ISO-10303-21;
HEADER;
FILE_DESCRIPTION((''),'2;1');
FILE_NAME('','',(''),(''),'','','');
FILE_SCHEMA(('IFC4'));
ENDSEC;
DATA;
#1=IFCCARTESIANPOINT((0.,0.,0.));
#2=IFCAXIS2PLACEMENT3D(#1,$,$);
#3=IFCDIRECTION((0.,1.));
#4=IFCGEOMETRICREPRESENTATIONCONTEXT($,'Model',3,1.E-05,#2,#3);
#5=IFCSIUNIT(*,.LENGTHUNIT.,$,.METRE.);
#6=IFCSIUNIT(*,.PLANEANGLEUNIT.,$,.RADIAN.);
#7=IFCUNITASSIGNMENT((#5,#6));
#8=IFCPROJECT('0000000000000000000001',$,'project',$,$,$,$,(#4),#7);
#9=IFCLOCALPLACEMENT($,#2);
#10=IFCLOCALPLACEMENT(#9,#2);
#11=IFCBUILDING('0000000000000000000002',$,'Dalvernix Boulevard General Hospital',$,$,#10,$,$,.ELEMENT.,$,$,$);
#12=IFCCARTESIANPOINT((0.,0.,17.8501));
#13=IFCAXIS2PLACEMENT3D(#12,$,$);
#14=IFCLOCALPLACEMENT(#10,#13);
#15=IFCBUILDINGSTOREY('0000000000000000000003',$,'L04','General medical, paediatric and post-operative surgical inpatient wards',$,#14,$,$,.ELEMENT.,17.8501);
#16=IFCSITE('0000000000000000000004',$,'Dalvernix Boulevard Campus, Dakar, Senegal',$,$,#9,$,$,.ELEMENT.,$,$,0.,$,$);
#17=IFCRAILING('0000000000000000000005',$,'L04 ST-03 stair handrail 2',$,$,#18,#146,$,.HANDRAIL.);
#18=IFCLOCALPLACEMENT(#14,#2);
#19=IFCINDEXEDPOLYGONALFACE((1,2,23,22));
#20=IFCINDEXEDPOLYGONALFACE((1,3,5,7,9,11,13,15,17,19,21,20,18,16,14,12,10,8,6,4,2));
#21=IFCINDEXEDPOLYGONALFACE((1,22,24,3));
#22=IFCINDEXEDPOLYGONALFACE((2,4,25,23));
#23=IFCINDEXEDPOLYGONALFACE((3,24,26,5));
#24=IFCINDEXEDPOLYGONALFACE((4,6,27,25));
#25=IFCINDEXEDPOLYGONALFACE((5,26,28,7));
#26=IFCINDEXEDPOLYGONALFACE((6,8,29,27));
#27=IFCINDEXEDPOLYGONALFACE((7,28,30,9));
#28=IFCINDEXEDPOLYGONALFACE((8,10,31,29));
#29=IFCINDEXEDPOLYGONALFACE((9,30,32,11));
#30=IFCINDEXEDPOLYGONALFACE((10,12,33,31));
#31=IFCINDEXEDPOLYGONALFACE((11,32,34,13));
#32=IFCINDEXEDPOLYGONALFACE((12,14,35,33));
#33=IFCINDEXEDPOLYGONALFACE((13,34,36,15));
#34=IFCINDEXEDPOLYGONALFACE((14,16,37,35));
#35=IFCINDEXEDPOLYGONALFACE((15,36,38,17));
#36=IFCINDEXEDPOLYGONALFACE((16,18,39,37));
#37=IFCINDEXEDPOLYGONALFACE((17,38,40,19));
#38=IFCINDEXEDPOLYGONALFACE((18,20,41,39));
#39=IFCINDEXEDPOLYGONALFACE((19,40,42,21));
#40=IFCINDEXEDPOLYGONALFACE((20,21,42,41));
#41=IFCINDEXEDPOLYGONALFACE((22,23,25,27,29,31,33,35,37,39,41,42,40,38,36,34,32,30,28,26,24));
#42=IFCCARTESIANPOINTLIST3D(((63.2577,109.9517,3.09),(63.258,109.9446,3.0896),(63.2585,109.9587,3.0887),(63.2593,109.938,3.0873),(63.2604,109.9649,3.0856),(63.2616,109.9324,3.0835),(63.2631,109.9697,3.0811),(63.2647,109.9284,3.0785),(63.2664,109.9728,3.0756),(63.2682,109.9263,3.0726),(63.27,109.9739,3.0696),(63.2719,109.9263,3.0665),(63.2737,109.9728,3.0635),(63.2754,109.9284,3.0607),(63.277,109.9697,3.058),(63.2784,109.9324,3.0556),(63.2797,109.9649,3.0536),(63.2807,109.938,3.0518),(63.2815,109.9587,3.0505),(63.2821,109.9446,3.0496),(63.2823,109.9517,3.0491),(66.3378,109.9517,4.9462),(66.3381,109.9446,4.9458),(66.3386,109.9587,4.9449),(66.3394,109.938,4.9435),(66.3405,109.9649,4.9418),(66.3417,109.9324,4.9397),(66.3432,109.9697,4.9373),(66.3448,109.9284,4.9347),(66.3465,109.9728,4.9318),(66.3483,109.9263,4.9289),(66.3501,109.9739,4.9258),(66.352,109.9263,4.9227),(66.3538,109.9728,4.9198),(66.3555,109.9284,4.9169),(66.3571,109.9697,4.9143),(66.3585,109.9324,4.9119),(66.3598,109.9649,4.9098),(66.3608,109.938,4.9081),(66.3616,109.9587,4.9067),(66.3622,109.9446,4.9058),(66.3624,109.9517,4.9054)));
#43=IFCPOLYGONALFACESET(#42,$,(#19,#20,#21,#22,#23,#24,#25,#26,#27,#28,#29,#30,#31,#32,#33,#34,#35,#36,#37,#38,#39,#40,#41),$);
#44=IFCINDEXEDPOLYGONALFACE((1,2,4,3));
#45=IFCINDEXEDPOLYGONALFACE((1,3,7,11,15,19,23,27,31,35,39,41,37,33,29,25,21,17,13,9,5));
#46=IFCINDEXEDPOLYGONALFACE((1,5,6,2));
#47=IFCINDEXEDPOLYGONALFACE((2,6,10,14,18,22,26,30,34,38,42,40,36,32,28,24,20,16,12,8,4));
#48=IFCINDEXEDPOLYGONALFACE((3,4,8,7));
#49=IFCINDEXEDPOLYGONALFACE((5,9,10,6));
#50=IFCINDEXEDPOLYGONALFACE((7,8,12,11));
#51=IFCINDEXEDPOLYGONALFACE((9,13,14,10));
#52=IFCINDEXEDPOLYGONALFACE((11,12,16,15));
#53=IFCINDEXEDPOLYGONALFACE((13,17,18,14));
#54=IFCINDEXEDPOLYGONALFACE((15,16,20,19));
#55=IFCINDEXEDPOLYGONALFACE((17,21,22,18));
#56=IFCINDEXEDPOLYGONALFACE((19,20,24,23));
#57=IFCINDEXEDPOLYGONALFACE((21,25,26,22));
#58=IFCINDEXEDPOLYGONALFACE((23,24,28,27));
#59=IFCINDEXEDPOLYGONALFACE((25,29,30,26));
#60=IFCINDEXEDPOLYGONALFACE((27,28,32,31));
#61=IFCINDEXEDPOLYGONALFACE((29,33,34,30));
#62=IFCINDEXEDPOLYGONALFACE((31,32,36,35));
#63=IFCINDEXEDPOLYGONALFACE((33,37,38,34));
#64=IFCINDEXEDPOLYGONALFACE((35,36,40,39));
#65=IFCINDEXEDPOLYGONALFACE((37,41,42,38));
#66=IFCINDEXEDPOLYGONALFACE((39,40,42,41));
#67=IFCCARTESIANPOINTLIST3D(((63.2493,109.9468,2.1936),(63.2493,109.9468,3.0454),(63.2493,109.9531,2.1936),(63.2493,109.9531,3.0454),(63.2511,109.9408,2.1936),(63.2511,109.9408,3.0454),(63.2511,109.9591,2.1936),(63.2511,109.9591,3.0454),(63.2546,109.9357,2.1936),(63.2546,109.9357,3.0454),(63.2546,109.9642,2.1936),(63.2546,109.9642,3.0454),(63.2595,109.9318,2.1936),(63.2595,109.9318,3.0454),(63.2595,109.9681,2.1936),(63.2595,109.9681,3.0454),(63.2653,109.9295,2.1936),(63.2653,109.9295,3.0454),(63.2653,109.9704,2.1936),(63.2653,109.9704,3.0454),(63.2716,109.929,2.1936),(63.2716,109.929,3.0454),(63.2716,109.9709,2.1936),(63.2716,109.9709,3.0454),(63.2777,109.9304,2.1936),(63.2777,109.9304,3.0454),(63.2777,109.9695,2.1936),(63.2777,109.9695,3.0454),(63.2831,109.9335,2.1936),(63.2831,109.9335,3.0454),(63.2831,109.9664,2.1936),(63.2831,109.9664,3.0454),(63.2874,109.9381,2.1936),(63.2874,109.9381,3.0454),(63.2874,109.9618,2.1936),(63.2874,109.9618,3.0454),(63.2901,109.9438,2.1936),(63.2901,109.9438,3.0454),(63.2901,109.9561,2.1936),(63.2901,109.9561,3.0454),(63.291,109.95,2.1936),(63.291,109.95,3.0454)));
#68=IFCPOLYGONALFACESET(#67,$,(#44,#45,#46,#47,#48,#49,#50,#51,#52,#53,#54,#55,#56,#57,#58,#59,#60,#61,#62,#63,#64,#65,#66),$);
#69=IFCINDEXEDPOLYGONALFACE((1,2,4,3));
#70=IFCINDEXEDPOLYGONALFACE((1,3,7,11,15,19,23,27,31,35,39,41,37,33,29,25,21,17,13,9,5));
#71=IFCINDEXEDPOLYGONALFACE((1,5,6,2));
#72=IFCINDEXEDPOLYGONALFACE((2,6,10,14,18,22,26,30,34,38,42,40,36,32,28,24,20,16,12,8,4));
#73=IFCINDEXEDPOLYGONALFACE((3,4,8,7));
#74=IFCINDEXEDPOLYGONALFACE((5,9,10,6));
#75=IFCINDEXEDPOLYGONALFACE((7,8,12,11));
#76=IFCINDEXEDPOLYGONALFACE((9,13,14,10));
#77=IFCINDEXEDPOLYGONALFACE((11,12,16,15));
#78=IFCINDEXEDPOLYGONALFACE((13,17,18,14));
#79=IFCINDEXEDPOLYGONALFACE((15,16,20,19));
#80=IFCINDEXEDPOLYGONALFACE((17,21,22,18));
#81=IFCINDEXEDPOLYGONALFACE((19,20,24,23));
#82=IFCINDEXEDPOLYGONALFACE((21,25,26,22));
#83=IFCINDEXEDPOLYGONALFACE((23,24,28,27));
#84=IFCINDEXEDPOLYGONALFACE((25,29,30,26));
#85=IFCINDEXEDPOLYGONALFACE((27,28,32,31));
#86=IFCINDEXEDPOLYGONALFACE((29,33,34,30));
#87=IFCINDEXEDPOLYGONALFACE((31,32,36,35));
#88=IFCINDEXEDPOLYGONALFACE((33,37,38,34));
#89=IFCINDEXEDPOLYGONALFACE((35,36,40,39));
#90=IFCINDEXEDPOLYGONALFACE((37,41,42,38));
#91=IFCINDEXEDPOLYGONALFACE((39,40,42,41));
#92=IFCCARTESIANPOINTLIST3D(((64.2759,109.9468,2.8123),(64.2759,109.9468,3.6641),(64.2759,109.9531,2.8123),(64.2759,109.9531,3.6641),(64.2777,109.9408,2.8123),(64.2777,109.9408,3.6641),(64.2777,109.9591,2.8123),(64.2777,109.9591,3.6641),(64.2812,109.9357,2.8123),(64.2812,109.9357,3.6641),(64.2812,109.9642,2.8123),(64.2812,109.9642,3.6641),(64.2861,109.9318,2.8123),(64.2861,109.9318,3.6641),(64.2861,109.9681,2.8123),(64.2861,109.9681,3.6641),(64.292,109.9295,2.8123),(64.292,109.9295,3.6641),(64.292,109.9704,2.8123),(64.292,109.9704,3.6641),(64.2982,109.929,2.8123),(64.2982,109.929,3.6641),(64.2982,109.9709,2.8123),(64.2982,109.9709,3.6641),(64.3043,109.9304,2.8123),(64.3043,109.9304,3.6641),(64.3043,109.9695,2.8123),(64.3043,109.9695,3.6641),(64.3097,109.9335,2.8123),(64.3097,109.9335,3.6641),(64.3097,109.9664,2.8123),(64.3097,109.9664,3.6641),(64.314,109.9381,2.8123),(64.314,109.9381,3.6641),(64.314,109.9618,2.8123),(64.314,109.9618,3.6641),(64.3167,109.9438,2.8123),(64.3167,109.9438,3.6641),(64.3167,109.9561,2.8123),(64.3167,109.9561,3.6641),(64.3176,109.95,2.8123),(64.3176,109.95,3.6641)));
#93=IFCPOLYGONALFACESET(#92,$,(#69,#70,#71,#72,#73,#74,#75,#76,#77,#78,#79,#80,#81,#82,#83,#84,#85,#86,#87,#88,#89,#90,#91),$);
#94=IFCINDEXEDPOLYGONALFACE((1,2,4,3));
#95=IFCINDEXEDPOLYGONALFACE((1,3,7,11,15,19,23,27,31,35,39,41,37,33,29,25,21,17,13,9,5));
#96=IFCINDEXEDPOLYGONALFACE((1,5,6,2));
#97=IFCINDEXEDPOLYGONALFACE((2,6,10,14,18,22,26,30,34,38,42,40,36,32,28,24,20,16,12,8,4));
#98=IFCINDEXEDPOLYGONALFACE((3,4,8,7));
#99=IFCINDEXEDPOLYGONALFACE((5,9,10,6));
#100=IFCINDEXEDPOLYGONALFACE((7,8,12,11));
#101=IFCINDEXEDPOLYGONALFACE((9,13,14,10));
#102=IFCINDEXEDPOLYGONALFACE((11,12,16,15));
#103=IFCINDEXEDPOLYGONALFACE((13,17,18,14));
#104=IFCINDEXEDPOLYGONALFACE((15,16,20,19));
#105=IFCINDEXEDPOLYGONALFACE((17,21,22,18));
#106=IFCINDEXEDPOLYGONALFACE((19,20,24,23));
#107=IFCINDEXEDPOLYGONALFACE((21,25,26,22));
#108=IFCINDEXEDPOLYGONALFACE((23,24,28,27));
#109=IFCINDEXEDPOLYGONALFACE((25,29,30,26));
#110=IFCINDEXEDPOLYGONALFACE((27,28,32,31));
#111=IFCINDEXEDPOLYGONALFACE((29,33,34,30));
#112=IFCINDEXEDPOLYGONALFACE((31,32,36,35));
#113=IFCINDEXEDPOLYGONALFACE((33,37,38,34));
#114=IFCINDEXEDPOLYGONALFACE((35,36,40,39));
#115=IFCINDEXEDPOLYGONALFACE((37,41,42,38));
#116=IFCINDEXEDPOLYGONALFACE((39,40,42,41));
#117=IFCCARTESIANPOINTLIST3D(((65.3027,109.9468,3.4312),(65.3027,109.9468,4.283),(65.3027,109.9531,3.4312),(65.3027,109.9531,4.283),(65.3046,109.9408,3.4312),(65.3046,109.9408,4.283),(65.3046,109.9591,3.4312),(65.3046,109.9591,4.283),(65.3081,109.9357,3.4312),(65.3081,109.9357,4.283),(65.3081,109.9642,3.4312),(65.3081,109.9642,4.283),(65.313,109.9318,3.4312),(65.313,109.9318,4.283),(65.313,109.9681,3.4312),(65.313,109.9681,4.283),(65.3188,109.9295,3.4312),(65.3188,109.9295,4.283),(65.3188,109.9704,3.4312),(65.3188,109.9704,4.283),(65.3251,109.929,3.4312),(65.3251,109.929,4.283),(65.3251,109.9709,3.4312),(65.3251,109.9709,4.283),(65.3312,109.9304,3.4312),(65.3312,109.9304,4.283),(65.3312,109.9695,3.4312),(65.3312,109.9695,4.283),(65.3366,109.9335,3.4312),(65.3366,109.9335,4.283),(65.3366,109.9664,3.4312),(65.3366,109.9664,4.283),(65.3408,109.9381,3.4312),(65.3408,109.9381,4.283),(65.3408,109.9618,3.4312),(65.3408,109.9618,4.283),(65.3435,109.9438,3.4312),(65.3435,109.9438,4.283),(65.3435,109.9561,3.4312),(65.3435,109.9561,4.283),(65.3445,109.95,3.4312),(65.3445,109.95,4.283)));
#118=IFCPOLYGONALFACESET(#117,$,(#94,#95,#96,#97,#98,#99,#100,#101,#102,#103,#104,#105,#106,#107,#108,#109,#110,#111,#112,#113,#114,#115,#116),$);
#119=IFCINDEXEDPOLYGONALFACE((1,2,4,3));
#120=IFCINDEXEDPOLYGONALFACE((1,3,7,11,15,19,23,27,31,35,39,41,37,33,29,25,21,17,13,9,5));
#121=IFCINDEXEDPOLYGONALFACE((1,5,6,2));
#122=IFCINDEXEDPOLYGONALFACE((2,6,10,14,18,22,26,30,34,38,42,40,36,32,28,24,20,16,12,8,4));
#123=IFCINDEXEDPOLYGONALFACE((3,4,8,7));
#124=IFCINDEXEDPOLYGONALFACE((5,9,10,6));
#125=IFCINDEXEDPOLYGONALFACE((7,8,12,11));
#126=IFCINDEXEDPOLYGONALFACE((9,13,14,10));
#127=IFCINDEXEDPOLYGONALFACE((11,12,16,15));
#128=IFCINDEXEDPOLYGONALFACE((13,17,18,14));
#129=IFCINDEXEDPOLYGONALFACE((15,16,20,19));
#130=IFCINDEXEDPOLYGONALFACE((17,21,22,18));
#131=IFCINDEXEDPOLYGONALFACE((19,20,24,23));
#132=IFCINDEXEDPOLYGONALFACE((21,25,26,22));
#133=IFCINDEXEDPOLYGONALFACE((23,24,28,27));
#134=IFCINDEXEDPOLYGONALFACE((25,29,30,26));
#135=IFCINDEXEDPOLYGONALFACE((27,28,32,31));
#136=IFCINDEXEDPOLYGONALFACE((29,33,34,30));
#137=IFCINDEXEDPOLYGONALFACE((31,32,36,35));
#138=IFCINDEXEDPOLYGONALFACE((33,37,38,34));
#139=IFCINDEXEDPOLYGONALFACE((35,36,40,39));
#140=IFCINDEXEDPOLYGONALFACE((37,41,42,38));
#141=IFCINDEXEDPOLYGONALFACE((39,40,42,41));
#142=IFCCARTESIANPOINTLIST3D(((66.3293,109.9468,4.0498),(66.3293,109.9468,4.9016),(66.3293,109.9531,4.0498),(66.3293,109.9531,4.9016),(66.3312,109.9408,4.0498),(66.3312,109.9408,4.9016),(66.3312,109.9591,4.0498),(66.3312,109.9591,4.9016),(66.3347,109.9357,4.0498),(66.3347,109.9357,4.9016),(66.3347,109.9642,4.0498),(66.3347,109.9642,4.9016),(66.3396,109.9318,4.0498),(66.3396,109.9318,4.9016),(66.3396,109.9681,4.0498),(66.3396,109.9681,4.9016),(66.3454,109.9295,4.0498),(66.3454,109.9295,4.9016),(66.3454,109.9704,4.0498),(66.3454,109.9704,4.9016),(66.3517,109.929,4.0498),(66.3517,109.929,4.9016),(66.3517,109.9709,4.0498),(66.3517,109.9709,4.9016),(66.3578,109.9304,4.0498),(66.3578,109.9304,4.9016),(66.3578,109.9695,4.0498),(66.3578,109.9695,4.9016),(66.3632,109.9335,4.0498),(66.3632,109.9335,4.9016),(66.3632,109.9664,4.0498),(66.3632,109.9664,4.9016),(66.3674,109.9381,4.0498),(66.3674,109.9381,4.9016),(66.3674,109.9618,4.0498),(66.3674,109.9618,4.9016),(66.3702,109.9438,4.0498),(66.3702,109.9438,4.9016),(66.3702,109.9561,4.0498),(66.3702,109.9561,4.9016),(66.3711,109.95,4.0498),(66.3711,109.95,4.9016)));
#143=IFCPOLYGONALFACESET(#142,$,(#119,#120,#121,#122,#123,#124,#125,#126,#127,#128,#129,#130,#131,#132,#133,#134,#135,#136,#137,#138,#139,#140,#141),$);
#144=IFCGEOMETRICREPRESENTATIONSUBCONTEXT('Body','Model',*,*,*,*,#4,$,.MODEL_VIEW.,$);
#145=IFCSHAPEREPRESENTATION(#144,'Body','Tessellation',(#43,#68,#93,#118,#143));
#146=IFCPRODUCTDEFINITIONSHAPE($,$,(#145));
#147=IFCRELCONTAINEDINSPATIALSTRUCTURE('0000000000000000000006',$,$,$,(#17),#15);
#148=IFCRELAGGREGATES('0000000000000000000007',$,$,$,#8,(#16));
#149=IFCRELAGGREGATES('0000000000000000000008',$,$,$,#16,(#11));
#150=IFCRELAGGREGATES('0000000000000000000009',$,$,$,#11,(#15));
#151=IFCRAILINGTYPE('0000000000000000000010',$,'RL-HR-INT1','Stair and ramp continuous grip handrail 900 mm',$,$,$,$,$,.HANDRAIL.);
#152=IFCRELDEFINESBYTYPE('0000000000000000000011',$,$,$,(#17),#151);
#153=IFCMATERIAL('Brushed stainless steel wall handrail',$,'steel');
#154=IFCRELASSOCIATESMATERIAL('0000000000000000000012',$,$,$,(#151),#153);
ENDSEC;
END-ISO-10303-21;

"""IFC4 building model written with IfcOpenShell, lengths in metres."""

from ifc_helpers import new_model, si_unit, direction, frame, origin, origin_2d, place, context, subcontext, project, spatial, circle, extrude, material, type_object, element, save


model = new_model("IFC4")

# Units and contexts
model_context = context("Model", 3, precision=1e-05, world=origin(), true_north=direction((0.0, 1.0)))
body_context = subcontext(model_context, "Body", "Model", "MODEL_VIEW")
ifc_project = project(units=[si_unit("LENGTHUNIT", "METRE"), si_unit("PLANEANGLEUNIT", "RADIAN")], contexts=[model_context])

# Site, building, storey
site_placement = place(None, origin())
site = spatial("IfcSite", under=ifc_project, at=site_placement, Name="Dalvernix Boulevard Campus, Dakar, Senegal", CompositionType="ELEMENT", RefElevation=0.0)
building_placement = place(site_placement, origin())
building = spatial("IfcBuilding", under=site, at=building_placement, Name="Dalvernix Boulevard General Hospital", CompositionType="ELEMENT")
storey_placement = place(building_placement, frame((0.0, 0.0, 17.8501)))
storey = spatial("IfcBuildingStorey", under=building, at=storey_placement, Name="L04", Description="General medical, paediatric and post-operative surgical inpatient wards", CompositionType="ELEMENT", Elevation=17.8501)

# Railing
ifc_material_1 = material(Name="Brushed stainless steel wall handrail", Category="steel")
railing_type_1 = type_object("IfcRailingType", Name="RL-HR-INT1", Description="Stair and ramp continuous grip handrail 900 mm", PredefinedType="HANDRAIL", material=ifc_material_1)
railing_1_placement = place(storey_placement, frame((63.27, 109.95, 2.1936)))
element("IfcRailing", 1, at=railing_1_placement, inside=storey, type_object=railing_type_1, Name="L04 ST-03 stair handrail 2", PredefinedType="HANDRAIL", context=body_context, shape_type="SweptSolid", body=[
    extrude(circle(Radius=0.0239, at=origin_2d()), frame((0.0, 0.0, 0.876), z_axis=(0.856491, 0.0, 0.516162), x_axis=(0.0, 1.0, 0.0)), (0.0, 0.0, 1.0), 3.5962),
    extrude(circle(Radius=0.021, at=origin_2d()), origin(), (0.0, 0.0, 1.0), 0.8518),
    extrude(circle(Radius=0.021, at=origin_2d()), frame((1.0266, 0.0, 0.6187)), (0.0, 0.0, 1.0), 0.8518),
    extrude(circle(Radius=0.021, at=origin_2d()), frame((2.0535, 0.0, 1.2375)), (0.0, 0.0, 1.0), 0.8518),
    extrude(circle(Radius=0.021, at=origin_2d()), frame((3.0801, 0.0, 1.8562)), (0.0, 0.0, 1.0), 0.8518),
])

save(model, "model.ifc")
